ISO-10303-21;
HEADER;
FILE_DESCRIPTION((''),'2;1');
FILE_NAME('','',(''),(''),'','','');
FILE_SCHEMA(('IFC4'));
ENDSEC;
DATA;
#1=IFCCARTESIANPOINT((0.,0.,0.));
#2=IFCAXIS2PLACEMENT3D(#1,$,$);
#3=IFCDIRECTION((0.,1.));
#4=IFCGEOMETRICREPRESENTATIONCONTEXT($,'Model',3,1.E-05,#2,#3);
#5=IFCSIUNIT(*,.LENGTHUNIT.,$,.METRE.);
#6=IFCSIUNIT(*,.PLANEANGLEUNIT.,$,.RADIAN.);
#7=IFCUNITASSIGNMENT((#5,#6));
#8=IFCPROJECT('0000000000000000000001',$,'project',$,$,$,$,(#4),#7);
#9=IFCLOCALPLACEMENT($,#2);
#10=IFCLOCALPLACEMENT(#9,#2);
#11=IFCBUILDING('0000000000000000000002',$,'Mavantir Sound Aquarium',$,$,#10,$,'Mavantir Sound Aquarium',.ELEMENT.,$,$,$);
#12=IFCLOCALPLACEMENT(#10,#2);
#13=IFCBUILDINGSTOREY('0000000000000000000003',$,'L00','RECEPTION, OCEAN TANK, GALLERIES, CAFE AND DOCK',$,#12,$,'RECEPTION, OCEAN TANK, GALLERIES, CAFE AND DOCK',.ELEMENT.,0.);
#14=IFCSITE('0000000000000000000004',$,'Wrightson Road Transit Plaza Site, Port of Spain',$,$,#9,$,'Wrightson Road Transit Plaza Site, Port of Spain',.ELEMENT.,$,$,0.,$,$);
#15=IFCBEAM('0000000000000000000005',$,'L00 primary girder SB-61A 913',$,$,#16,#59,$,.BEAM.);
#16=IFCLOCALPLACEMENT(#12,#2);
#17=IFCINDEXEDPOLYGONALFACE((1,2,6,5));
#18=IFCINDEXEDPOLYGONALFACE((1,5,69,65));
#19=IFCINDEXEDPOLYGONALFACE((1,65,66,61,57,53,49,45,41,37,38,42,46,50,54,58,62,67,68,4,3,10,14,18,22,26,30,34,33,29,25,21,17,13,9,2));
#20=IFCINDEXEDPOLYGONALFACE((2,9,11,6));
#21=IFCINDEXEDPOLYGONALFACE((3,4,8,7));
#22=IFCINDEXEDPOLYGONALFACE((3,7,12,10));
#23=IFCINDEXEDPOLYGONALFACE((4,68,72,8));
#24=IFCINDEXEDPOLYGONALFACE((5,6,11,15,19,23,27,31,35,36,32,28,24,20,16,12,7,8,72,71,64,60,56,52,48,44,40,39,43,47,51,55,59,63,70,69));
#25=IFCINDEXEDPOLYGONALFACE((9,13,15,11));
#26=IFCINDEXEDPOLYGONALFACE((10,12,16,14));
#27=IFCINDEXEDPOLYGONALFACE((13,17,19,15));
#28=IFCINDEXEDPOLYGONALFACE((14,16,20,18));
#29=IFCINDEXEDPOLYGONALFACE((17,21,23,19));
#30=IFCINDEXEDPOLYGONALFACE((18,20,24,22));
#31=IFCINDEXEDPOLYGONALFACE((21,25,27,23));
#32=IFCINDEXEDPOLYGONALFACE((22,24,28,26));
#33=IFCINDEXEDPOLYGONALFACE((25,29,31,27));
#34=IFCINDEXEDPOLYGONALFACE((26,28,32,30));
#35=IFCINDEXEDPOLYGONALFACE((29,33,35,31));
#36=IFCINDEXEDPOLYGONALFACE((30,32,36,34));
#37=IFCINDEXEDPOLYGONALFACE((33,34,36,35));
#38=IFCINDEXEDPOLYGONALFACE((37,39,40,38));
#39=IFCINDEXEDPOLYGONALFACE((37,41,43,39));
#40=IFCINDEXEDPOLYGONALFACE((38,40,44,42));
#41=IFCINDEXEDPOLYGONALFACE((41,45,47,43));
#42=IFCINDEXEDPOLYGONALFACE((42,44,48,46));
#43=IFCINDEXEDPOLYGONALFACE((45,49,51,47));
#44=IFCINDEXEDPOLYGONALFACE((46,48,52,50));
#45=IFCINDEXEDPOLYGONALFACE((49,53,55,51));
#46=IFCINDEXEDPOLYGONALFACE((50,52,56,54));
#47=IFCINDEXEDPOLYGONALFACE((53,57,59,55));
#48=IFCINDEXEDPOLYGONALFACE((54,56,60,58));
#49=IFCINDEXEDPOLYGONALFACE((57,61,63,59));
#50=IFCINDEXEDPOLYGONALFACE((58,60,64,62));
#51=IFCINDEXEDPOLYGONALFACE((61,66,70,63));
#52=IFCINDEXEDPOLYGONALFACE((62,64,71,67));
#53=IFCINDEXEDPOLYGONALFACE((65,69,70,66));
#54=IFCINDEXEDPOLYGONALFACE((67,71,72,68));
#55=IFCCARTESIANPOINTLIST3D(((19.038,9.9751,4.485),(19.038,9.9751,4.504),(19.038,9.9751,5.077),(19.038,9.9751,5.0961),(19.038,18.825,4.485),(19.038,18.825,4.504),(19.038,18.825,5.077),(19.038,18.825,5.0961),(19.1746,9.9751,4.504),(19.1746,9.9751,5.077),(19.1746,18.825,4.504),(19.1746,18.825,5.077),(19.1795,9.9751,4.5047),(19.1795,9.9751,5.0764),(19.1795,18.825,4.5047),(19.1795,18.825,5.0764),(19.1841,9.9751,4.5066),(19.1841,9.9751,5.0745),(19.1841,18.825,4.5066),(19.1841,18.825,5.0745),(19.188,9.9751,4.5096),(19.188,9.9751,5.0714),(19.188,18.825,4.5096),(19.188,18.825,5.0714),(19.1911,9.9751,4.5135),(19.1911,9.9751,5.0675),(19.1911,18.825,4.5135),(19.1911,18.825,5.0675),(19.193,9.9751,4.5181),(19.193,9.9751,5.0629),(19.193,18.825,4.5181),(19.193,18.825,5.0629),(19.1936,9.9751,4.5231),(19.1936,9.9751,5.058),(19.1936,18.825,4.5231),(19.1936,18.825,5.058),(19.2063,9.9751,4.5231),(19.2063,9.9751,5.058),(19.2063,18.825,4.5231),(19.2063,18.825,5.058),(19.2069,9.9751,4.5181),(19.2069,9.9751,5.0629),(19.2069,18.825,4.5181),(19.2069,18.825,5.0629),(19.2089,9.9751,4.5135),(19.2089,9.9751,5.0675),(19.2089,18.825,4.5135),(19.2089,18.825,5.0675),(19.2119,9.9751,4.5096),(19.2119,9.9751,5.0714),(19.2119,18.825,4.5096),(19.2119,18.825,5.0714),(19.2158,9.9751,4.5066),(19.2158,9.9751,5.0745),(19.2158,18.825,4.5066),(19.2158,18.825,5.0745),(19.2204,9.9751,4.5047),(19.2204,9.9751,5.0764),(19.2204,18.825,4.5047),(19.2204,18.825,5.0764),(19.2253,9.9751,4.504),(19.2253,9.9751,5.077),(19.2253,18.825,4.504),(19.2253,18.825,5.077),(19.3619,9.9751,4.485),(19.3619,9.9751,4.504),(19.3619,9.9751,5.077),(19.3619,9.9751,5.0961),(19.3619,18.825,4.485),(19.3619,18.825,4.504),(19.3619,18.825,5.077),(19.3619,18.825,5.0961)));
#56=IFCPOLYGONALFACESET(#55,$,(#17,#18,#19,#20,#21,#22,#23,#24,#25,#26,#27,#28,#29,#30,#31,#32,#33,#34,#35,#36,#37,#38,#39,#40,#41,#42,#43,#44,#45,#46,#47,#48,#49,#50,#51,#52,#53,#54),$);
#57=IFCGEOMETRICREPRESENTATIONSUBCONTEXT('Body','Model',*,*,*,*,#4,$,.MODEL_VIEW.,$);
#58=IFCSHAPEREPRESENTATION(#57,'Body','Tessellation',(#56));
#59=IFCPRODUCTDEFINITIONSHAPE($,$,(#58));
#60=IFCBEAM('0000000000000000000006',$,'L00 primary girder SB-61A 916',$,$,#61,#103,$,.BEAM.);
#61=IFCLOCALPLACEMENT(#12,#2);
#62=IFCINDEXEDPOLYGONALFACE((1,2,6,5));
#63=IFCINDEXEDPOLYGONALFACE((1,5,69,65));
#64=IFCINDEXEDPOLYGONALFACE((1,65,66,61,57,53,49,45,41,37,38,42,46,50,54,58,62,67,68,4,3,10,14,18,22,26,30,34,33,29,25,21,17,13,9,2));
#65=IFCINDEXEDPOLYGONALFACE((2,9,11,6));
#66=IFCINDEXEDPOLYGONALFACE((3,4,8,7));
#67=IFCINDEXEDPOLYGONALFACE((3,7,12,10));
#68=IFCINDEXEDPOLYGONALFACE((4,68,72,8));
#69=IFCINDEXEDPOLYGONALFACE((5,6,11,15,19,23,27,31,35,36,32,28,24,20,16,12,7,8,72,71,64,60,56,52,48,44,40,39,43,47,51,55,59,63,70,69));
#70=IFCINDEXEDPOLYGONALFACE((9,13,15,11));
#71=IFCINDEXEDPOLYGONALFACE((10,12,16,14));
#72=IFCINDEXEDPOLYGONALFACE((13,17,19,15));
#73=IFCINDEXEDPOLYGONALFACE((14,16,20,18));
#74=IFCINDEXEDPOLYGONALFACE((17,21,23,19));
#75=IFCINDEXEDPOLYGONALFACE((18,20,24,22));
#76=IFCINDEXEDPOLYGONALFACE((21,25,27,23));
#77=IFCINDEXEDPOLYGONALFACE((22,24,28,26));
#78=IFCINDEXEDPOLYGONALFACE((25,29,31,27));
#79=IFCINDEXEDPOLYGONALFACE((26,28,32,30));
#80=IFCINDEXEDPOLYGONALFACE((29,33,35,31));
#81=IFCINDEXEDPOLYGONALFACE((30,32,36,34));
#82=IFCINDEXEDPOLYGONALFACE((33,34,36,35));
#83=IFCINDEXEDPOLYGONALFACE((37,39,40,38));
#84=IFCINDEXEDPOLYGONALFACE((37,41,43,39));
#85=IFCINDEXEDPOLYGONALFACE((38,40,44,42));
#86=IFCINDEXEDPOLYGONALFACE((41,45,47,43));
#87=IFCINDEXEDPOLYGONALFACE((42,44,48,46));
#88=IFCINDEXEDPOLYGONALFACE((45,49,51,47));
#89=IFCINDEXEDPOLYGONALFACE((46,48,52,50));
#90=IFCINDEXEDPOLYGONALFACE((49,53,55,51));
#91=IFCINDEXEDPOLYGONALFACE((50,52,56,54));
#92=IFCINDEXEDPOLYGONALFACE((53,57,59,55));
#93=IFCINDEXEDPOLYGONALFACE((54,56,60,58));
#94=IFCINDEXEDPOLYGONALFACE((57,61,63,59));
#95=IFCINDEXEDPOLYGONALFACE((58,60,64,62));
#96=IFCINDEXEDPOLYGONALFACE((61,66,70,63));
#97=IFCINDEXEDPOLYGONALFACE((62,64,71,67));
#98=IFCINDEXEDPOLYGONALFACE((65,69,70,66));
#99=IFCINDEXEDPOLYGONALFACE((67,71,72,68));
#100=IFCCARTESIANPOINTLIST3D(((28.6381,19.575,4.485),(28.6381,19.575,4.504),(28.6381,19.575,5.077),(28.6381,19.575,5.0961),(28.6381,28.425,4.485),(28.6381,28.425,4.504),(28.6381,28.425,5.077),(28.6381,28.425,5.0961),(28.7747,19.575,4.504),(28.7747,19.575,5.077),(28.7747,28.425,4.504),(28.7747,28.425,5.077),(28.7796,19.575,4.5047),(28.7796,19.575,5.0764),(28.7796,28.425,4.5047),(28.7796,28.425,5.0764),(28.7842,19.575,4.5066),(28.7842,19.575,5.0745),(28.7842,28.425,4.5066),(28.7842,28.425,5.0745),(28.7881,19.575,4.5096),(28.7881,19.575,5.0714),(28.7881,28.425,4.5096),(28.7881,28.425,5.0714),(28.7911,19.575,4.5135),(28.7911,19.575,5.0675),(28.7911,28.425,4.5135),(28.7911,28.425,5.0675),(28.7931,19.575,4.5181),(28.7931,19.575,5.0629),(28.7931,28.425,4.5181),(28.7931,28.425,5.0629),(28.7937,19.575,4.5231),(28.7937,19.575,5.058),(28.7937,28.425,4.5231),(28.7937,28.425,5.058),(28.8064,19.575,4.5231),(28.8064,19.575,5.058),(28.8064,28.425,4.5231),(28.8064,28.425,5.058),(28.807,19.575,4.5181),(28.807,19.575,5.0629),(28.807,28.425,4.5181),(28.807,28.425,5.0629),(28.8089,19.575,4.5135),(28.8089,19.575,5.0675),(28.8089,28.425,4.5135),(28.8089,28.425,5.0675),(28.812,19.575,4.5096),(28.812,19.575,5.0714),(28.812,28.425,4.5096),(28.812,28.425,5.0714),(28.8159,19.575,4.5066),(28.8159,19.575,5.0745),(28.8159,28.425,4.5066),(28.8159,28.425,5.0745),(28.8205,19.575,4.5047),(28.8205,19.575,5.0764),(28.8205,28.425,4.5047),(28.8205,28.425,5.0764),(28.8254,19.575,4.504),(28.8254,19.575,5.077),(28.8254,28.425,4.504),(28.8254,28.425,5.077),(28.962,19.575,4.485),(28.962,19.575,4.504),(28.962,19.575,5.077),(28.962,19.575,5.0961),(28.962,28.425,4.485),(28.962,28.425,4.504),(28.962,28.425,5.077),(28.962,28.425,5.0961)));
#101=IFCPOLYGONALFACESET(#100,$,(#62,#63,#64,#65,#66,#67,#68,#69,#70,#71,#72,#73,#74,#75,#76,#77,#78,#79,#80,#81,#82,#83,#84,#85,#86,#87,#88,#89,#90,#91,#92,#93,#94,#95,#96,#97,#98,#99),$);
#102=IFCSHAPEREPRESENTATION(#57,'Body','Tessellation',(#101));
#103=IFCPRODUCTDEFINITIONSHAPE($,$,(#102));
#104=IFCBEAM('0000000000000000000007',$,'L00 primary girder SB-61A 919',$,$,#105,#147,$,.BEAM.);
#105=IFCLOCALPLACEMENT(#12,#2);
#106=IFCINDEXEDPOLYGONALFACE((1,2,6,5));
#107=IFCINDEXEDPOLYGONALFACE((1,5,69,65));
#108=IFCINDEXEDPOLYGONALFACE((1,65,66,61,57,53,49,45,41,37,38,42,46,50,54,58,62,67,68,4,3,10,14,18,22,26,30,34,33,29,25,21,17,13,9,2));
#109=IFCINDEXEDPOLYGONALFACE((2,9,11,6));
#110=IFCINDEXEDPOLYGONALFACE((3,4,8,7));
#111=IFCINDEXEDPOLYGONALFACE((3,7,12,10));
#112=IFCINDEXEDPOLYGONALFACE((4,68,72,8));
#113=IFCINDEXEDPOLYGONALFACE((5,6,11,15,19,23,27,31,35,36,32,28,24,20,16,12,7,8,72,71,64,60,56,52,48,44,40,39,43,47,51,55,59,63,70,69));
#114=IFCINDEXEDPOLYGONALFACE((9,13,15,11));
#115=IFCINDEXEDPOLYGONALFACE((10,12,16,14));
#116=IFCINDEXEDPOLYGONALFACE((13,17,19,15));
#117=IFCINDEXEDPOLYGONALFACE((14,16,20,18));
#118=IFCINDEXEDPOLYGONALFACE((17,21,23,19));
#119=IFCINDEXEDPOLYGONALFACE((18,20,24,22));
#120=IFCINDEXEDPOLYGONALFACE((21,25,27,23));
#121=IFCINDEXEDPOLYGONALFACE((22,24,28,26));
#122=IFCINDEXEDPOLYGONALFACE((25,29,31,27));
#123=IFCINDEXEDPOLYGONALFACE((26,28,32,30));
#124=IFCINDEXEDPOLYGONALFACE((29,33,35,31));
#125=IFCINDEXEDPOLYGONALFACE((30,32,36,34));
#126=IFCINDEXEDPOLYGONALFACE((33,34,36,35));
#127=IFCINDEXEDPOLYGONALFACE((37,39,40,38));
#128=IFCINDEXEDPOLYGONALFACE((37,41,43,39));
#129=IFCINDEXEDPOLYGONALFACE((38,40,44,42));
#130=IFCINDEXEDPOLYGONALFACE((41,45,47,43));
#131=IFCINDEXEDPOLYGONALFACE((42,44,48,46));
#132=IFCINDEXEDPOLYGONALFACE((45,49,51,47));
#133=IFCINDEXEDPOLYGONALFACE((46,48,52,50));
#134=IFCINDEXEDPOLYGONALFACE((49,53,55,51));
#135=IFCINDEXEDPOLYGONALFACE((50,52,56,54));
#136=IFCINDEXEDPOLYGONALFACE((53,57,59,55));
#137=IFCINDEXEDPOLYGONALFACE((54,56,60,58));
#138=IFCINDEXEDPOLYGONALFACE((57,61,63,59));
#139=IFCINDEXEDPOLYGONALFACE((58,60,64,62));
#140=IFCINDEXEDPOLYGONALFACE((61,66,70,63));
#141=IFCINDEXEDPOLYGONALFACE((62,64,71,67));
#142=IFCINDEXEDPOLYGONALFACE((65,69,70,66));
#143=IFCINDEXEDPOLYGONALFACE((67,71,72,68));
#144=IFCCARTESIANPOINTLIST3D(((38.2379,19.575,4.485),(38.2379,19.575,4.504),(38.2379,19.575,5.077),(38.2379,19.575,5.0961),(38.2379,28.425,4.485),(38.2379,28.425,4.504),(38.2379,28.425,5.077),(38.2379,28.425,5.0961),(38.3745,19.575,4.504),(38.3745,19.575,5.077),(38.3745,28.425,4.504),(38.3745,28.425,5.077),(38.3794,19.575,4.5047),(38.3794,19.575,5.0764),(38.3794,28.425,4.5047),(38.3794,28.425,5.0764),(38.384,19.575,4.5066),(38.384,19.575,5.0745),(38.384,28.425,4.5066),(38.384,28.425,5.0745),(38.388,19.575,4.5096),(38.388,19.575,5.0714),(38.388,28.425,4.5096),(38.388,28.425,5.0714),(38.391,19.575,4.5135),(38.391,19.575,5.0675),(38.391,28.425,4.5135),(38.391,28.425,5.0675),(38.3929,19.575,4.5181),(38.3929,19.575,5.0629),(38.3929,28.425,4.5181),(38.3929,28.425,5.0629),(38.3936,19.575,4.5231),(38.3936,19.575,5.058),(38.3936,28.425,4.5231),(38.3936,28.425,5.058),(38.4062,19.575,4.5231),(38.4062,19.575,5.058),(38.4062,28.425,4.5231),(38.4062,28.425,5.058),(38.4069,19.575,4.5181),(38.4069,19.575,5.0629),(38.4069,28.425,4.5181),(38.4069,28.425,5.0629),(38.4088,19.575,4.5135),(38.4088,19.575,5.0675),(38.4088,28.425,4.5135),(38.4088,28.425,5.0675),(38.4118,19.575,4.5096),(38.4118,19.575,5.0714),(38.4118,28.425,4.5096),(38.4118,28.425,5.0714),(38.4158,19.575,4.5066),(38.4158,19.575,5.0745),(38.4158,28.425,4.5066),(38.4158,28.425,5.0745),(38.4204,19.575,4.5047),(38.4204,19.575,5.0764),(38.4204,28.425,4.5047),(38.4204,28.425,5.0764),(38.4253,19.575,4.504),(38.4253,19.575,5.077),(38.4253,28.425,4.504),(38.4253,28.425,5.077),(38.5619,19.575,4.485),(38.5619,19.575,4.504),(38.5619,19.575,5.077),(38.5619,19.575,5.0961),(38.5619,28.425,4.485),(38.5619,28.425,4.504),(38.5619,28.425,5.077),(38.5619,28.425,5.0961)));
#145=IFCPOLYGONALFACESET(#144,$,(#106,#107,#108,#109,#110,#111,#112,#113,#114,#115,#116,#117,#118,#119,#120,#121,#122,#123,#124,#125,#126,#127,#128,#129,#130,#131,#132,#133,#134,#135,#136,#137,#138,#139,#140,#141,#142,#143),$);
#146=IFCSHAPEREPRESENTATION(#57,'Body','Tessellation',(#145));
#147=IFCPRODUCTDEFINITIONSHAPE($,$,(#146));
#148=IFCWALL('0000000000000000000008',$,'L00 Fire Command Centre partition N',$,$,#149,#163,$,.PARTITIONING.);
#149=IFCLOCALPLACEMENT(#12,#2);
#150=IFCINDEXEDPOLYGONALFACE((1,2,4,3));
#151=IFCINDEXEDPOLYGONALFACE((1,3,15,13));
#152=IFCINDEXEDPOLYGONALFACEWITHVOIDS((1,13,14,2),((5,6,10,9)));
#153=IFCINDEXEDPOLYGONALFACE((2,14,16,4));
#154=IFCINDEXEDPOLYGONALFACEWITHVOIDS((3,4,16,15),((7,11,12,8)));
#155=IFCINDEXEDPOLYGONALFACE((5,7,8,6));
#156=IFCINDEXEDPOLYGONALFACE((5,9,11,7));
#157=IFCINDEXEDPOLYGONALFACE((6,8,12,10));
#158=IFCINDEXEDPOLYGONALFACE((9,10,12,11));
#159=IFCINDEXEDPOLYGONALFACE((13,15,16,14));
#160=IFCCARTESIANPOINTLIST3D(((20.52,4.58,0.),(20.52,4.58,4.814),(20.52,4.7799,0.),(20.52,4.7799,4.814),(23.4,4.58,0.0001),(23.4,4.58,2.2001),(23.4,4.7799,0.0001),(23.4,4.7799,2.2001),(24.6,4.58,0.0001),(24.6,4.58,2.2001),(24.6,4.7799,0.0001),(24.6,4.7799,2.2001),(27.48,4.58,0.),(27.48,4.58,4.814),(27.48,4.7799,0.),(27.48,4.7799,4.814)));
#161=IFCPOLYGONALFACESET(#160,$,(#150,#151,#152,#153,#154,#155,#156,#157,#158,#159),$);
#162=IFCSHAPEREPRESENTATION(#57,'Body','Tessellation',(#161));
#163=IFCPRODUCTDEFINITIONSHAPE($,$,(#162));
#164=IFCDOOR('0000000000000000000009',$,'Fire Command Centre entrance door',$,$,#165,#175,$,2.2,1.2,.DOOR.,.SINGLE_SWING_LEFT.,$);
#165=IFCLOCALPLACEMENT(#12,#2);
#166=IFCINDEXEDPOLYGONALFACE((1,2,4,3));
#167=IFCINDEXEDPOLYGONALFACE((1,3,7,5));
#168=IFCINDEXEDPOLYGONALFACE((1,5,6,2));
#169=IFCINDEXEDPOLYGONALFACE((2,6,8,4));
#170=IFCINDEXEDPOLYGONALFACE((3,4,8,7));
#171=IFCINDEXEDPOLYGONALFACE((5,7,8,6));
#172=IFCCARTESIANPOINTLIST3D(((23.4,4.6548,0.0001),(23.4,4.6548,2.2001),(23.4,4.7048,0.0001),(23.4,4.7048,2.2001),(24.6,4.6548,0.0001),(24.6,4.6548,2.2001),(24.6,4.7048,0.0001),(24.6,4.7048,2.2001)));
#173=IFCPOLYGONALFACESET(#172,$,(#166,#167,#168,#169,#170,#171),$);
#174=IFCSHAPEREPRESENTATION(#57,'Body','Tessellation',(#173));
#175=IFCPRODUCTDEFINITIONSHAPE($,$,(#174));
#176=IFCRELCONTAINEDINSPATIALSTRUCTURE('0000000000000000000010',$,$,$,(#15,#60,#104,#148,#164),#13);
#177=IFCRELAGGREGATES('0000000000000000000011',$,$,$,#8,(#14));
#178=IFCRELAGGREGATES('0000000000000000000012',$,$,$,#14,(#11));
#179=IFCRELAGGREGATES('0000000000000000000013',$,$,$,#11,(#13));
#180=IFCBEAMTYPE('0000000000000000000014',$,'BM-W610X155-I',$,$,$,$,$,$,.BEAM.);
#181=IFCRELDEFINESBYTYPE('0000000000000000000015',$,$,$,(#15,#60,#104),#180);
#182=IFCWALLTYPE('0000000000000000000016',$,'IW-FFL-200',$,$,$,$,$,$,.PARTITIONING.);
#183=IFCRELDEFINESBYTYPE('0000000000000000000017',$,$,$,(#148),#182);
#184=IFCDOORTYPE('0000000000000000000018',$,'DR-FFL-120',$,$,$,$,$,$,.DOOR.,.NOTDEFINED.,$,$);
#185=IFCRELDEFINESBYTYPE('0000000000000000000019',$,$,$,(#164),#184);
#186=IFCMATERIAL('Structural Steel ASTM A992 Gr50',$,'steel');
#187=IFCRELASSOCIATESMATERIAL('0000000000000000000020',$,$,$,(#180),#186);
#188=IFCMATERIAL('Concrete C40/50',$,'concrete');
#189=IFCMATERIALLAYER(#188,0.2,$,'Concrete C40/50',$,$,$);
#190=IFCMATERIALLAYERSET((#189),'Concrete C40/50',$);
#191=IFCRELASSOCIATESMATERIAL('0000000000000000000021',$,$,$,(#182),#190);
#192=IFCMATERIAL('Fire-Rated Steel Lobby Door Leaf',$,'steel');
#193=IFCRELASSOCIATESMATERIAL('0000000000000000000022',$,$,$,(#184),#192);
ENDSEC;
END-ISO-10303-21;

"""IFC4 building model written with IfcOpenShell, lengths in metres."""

from ifc_helpers import new_model, si_unit, direction, frame, frame_2d, origin, origin_2d, place, context, subcontext, project, spatial, rectangle, i_section, extrude, material, layer, layer_set, material_profile, profile_set, type_object, element, fill, save


model = new_model("IFC4")

# Units and contexts
model_context = context("Model", 3, precision=1e-05, world=origin(), true_north=direction((0.0, 1.0)))
body_context = subcontext(model_context, "Body", "Model", "MODEL_VIEW")
ifc_project = project(units=[si_unit("LENGTHUNIT", "METRE"), si_unit("PLANEANGLEUNIT", "RADIAN")], contexts=[model_context])

# Site, building, storey
site_placement = place(None, origin())
site = spatial("IfcSite", under=ifc_project, at=site_placement, Name="Wrightson Road Transit Plaza Site, Port of Spain", LongName="Wrightson Road Transit Plaza Site, Port of Spain", CompositionType="ELEMENT", RefElevation=0.0)
building_placement = place(site_placement, origin())
building = spatial("IfcBuilding", under=site, at=building_placement, Name="Mavantir Sound Aquarium", LongName="Mavantir Sound Aquarium", CompositionType="ELEMENT")
storey_placement = place(building_placement, origin())
storey = spatial("IfcBuildingStorey", under=building, at=storey_placement, Name="L00", Description="RECEPTION, OCEAN TANK, GALLERIES, CAFE AND DOCK", LongName="RECEPTION, OCEAN TANK, GALLERIES, CAFE AND DOCK", CompositionType="ELEMENT", Elevation=0.0)

# Shared definitions
ifc_material_1 = material(Name="Concrete C40/50", Category="concrete")

# Beams
ifc_material_2 = material(Name="Structural Steel ASTM A992 Gr50", Category="steel")
ifc_material_profile_1 = material_profile(ifc_material_2, i_section(OverallWidth=0.324, OverallDepth=0.6111, WebThickness=0.0127, FlangeThickness=0.019, FilletRadius=0.019, at=origin_2d()), Name="W610X155")
ifc_profile_set_1 = profile_set([ifc_material_profile_1], Name="Structural Steel ASTM A992 Gr50")
beam_type_1 = type_object("IfcBeamType", Name="BM-W610X155-I", PredefinedType="BEAM", material=ifc_profile_set_1)
beam_1_placement = place(storey_placement, frame((19.2, 9.9751, 4.7905), z_axis=(0.0, 1.0, 0.0), x_axis=(-1.0, 0.0, 0.0)))
element("IfcBeam", 1, at=beam_1_placement, inside=storey, type_object=beam_type_1, Name="L00 primary girder SB-61A 913", PredefinedType="BEAM", context=body_context, shape_type="SweptSolid", body=[
    extrude(i_section(OverallWidth=0.324, OverallDepth=0.6111, WebThickness=0.0127, FlangeThickness=0.019, FilletRadius=0.019, at=origin_2d()), origin(), (0.0, 0.0, 1.0), 8.8499),
])
for number, where, z_axis, x_axis, name in (
    (2, (28.8, 19.575, 4.7905), (0.0, 1.0, 0.0), (-1.0, 0.0, 0.0), "L00 primary girder SB-61A 916"),
    (3, (38.3999, 19.575, 4.7905), (0.0, 1.0, 0.0), (-1.0, 0.0, 0.0), "L00 primary girder SB-61A 919"),
):
    element("IfcBeam", number, at=place(storey_placement, frame(where, z_axis=z_axis, x_axis=x_axis)), inside=storey, type_object=beam_type_1, Name=name, PredefinedType="BEAM", context=body_context, shape_type="SweptSolid", body=[
        extrude(i_section(OverallWidth=0.324, OverallDepth=0.6111, WebThickness=0.0127, FlangeThickness=0.019, FilletRadius=0.019, at=origin_2d()), origin(), (0.0, 0.0, 1.0), 8.8501),
    ])

# Wall, opening, door
ifc_layer_1 = layer(ifc_material_1, 0.2, Name="Concrete C40/50")
ifc_layer_set_1 = layer_set([ifc_layer_1], Name="Concrete C40/50")
wall_type_1 = type_object("IfcWallType", Name="IW-FFL-200", PredefinedType="PARTITIONING", material=ifc_layer_set_1)
wall_1_placement = place(storey_placement, frame((20.52, 4.6799, 0.0), z_axis=(0.0, 0.0, 1.0), x_axis=(1.0, 0.0, 0.0)))
wall_1 = element("IfcWall", 4, at=wall_1_placement, inside=storey, type_object=wall_type_1, Name="L00 Fire Command Centre partition N", PredefinedType="PARTITIONING", context=body_context, shape_type="SweptSolid", body=[
    extrude(rectangle(XDim=6.96, YDim=0.2, at=frame_2d((3.48, 0.0))), origin(), (0.0, 0.0, 1.0), 4.814),
])
opening_1_placement = place(wall_1_placement, frame((2.8799, 0.0, 0.0)))
opening_1 = element("IfcOpeningElement", 5, at=opening_1_placement, cuts=wall_1, PredefinedType="OPENING", context=body_context, shape_type="SweptSolid", body=[
    extrude(rectangle(XDim=1.2, YDim=2.2, at=frame_2d((0.6001, 1.1001))), frame((0.0, 0.1099, 0.0), z_axis=(0.0, -1.0, 0.0), x_axis=(1.0, 0.0, 0.0)), (0.0, 0.0, 1.0), 0.22),
])
ifc_material_3 = material(Name="Fire-Rated Steel Lobby Door Leaf", Category="steel")
door_type_1 = type_object("IfcDoorType", Name="DR-FFL-120", OperationType="NOTDEFINED", PredefinedType="DOOR", material=ifc_material_3)
door_1_placement = place(opening_1_placement, origin())
door_1 = element("IfcDoor", 6, at=door_1_placement, inside=storey, type_object=door_type_1, Name="Fire Command Centre entrance door", OperationType="SINGLE_SWING_LEFT", OverallHeight=2.2, OverallWidth=1.2, PredefinedType="DOOR", context=body_context, shape_type="SweptSolid", body=[
    extrude(rectangle(XDim=1.2, YDim=2.2, at=frame_2d((0.6001, 1.1001))), frame((0.0, 0.0249, 0.0), z_axis=(0.0, -1.0, 0.0), x_axis=(1.0, 0.0, 0.0)), (0.0, 0.0, 1.0), 0.05),
])
fill(opening_1, door_1)

save(model, "model.ifc")
